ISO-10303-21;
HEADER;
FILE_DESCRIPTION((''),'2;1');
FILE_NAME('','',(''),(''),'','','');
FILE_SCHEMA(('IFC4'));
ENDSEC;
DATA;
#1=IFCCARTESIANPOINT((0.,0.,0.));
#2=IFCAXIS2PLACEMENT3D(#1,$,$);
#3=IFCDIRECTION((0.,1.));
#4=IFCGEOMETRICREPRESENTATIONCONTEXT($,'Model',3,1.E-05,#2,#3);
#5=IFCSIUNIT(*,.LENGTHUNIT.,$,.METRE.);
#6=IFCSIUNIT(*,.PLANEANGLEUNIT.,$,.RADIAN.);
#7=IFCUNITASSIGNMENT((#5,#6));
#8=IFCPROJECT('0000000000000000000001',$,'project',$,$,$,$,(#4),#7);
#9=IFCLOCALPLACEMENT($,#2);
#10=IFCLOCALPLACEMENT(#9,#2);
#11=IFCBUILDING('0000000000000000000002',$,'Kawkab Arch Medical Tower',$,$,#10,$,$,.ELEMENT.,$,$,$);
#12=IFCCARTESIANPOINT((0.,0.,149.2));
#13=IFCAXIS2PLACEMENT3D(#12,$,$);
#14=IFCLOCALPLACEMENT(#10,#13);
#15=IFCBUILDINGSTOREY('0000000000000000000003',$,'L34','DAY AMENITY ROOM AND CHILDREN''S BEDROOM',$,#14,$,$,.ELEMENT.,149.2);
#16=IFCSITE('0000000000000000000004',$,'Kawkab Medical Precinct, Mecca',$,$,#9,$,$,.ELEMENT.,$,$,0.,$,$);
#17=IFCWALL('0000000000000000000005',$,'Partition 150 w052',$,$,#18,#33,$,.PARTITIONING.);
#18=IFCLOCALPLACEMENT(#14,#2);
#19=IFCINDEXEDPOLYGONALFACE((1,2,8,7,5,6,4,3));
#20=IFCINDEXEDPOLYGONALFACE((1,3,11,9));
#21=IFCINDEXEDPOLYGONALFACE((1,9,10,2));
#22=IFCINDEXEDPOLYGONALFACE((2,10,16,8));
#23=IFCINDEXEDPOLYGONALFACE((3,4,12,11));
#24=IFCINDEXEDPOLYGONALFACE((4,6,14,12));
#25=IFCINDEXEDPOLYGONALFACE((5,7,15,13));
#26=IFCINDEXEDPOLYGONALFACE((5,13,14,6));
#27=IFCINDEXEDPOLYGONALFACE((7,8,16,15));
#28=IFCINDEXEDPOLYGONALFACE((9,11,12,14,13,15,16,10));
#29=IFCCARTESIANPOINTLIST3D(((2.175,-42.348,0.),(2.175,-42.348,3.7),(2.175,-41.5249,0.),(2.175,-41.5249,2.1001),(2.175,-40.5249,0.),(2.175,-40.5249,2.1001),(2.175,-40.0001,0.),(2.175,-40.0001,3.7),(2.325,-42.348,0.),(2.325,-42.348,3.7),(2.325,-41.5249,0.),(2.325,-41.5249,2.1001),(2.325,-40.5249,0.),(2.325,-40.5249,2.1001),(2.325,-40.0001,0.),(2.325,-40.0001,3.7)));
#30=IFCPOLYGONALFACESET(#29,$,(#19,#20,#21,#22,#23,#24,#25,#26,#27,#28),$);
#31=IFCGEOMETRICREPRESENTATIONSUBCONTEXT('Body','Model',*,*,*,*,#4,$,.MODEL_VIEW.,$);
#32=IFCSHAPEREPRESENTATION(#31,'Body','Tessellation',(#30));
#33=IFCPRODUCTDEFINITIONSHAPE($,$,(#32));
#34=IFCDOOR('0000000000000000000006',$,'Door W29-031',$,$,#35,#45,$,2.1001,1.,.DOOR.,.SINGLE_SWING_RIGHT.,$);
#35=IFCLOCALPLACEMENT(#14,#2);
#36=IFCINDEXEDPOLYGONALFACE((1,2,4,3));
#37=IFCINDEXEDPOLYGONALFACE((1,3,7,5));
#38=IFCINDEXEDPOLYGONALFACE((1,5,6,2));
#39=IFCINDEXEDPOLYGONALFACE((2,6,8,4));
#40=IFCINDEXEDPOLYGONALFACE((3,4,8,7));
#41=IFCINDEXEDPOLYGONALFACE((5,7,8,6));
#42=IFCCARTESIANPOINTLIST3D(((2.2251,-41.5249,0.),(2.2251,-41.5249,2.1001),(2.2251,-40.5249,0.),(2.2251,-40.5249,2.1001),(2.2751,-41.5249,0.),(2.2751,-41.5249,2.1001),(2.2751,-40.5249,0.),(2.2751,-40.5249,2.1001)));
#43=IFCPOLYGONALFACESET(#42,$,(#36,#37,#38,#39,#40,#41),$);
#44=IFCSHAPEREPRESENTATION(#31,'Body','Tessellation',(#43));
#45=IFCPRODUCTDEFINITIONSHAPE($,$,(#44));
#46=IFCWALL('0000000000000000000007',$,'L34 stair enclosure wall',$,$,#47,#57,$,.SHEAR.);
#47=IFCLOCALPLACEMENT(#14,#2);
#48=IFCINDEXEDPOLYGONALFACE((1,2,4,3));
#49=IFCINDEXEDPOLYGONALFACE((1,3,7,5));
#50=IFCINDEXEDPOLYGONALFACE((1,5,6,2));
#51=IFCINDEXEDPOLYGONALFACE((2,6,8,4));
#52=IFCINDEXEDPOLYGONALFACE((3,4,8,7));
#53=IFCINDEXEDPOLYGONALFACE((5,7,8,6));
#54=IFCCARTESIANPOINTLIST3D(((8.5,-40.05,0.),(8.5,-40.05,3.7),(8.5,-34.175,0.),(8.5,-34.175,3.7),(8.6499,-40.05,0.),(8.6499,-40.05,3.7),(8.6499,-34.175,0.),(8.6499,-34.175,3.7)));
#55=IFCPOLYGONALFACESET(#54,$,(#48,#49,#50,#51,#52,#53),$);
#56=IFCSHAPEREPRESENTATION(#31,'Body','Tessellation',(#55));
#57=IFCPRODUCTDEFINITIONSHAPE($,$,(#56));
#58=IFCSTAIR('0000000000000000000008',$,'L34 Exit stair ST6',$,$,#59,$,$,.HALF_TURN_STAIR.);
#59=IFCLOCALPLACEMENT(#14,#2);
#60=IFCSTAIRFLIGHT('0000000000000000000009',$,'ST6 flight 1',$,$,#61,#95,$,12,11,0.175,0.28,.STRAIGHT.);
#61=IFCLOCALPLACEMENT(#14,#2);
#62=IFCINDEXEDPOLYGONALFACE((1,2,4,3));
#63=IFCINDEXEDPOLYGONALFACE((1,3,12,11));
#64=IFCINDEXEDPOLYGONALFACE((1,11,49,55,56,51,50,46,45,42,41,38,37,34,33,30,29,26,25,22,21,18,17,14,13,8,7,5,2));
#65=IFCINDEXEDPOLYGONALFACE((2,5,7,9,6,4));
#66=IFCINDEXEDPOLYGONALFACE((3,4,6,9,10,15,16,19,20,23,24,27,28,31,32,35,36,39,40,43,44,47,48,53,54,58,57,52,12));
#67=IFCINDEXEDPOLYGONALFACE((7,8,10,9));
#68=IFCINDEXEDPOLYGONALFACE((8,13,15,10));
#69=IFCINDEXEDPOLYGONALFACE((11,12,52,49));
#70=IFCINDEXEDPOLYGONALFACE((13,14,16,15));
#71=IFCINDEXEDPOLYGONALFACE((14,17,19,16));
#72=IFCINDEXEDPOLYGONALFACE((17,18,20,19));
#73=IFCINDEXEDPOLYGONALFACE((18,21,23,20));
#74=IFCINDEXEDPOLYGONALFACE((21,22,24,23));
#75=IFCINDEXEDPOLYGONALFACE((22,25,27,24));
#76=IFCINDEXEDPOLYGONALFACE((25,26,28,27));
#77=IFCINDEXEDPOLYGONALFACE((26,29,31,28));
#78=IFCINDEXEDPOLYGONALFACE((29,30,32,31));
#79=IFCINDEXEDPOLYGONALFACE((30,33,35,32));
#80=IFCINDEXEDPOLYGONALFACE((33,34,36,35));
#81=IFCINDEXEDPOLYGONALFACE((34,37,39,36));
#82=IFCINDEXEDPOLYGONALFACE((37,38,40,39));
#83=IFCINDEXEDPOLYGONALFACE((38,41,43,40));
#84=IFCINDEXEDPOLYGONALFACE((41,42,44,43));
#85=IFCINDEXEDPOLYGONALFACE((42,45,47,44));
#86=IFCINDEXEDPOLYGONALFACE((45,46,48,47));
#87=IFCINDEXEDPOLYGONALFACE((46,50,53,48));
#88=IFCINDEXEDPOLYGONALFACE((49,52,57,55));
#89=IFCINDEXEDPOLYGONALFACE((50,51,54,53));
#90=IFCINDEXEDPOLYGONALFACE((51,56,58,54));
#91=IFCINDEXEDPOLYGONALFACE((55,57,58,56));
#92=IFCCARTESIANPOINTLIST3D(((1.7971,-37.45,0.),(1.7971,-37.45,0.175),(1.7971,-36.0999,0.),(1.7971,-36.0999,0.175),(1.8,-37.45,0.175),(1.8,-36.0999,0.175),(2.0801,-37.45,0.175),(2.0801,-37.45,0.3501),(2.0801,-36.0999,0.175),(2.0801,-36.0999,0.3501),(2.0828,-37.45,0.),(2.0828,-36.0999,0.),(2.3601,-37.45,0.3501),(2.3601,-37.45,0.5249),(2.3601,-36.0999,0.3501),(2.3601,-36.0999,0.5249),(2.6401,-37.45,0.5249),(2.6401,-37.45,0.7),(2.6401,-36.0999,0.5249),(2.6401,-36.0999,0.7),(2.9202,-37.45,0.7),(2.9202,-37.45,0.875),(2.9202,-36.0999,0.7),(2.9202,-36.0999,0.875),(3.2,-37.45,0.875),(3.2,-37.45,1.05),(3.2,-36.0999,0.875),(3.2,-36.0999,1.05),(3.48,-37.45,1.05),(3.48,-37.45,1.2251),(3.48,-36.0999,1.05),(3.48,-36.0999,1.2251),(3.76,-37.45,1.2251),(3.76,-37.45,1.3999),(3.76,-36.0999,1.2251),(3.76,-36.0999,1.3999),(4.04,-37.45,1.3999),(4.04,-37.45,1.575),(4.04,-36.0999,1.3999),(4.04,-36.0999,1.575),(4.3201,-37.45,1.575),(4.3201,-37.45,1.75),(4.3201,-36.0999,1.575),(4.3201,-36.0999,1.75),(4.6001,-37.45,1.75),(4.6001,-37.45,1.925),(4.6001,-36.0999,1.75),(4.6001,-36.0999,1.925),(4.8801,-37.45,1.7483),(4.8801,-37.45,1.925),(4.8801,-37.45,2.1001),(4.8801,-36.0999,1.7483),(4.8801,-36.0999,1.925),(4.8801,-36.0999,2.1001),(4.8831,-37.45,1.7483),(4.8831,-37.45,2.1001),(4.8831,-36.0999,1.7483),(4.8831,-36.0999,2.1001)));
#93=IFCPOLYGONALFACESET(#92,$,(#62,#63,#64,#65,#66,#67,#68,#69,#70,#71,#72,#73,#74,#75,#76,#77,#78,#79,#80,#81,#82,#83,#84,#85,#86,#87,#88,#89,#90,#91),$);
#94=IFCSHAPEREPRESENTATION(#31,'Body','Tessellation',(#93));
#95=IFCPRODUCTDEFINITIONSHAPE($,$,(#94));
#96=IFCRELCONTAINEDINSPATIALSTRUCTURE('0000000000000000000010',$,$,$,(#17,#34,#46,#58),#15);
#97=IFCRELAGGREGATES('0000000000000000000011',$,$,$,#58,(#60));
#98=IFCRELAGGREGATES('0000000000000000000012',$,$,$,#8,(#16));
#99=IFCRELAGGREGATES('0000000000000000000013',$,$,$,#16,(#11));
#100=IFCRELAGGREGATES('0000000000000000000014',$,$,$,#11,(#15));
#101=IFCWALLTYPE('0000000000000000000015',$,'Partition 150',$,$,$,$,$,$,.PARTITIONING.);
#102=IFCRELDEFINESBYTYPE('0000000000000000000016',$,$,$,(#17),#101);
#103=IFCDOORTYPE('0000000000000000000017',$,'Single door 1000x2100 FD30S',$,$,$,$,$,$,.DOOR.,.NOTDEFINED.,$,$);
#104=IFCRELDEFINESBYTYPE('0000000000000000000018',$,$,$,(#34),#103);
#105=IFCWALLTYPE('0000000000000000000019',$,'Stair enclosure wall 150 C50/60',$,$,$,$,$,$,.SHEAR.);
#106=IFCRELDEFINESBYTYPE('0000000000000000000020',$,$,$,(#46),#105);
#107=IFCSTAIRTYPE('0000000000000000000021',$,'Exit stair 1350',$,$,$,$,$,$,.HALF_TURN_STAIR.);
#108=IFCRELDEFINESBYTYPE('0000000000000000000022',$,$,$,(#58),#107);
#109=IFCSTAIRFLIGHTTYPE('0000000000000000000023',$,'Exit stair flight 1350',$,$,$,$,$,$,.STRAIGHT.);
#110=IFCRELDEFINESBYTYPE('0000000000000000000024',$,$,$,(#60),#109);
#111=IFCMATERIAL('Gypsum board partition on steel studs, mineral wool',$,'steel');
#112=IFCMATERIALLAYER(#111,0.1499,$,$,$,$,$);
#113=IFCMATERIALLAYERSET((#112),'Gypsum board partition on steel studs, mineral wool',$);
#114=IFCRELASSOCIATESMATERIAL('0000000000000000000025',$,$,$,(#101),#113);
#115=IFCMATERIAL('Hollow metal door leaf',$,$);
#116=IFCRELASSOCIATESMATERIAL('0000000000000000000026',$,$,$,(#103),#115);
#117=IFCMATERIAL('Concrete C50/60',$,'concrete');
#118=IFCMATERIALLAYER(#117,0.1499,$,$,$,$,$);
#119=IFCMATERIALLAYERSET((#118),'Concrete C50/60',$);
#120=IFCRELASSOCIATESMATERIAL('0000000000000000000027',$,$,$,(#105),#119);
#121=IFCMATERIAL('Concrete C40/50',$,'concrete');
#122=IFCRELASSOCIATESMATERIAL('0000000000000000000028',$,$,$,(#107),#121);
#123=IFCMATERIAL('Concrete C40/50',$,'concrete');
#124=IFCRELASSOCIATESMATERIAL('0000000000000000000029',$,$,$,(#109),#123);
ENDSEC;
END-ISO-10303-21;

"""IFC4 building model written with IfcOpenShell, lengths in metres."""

from ifc_helpers import new_model, si_unit, direction, frame, frame_2d, origin, place, context, subcontext, project, spatial, polyline, rectangle, outline, extrude, material, layer, layer_set, type_object, element, fill, aggregate, save


model = new_model("IFC4")

# Units and contexts
model_context = context("Model", 3, precision=1e-05, world=origin(), true_north=direction((0.0, 1.0)))
body_context = subcontext(model_context, "Body", "Model", "MODEL_VIEW")
ifc_project = project(units=[si_unit("LENGTHUNIT", "METRE"), si_unit("PLANEANGLEUNIT", "RADIAN")], contexts=[model_context])

# Site, building, storey
site_placement = place(None, origin())
site = spatial("IfcSite", under=ifc_project, at=site_placement, Name="Kawkab Medical Precinct, Mecca", CompositionType="ELEMENT", RefElevation=0.0)
building_placement = place(site_placement, origin())
building = spatial("IfcBuilding", under=site, at=building_placement, Name="Kawkab Arch Medical Tower", CompositionType="ELEMENT")
storey_placement = place(building_placement, frame((0.0, 0.0, 149.2)))
storey = spatial("IfcBuildingStorey", under=building, at=storey_placement, Name="L34", Description="DAY AMENITY ROOM AND CHILDREN'S BEDROOM", CompositionType="ELEMENT", Elevation=149.2)

# Shared definitions
ifc_material_1 = material(Name="Gypsum board partition on steel studs, mineral wool", Category="steel")
ifc_layer_1 = layer(ifc_material_1, 0.1499)
ifc_layer_set_1 = layer_set([ifc_layer_1], Name="Gypsum board partition on steel studs, mineral wool")
wall_type_1 = type_object("IfcWallType", Name="Partition 150", PredefinedType="PARTITIONING", material=ifc_layer_set_1)

# Wall, opening, door
wall_1_placement = place(storey_placement, frame((2.25, -42.3479, 0.0), z_axis=(0.0, 0.0, 1.0), x_axis=(0.0, 1.0, 0.0)))
wall_1 = element("IfcWall", 1, at=wall_1_placement, inside=storey, type_object=wall_type_1, Name="Partition 150 w052", PredefinedType="PARTITIONING", context=body_context, shape_type="SweptSolid", body=[
    extrude(rectangle(XDim=2.3479, YDim=0.1499, at=frame_2d((1.1738, 0.0))), origin(), (0.0, 0.0, 1.0), 3.7),
])
opening_1_placement = place(wall_1_placement, frame((0.823, 0.0, 0.0)))
opening_1 = element("IfcOpeningElement", 2, at=opening_1_placement, cuts=wall_1, PredefinedType="OPENING", context=body_context, shape_type="SweptSolid", body=[
    extrude(rectangle(XDim=1.0, YDim=2.1001, at=frame_2d((0.5, 1.05))), frame((0.0, 0.085, 0.0), z_axis=(0.0, -1.0, 0.0), x_axis=(1.0, 0.0, 0.0)), (0.0, 0.0, 1.0), 0.1699),
])
ifc_material_2 = material(Name="Hollow metal door leaf")
door_type_1 = type_object("IfcDoorType", Name="Single door 1000x2100 FD30S", OperationType="NOTDEFINED", PredefinedType="DOOR", material=ifc_material_2)
door_1_placement = place(opening_1_placement, origin())
door_1 = element("IfcDoor", 3, at=door_1_placement, inside=storey, type_object=door_type_1, Name="Door W29-031", OperationType="SINGLE_SWING_RIGHT", OverallHeight=2.1001, OverallWidth=1.0, PredefinedType="DOOR", context=body_context, shape_type="SweptSolid", body=[
    extrude(rectangle(XDim=1.0, YDim=2.1001, at=frame_2d((0.5, 1.05))), frame((0.0, 0.0249, 0.0), z_axis=(0.0, -1.0, 0.0), x_axis=(1.0, 0.0, 0.0)), (0.0, 0.0, 1.0), 0.05),
])
fill(opening_1, door_1)

# Wall
ifc_material_3 = material(Name="Concrete C50/60", Category="concrete")
ifc_layer_2 = layer(ifc_material_3, 0.1499)
ifc_layer_set_2 = layer_set([ifc_layer_2], Name="Concrete C50/60")
wall_type_2 = type_object("IfcWallType", Name="Stair enclosure wall 150 C50/60", PredefinedType="SHEAR", material=ifc_layer_set_2)
wall_2_placement = place(storey_placement, frame((8.575, -40.05, 0.0), z_axis=(0.0, 0.0, 1.0), x_axis=(0.0, 1.0, 0.0)))
element("IfcWall", 4, at=wall_2_placement, inside=storey, type_object=wall_type_2, Name="L34 stair enclosure wall", PredefinedType="SHEAR", context=body_context, shape_type="SweptSolid", body=[
    extrude(rectangle(XDim=5.875, YDim=0.1499, at=frame_2d((2.9375, 0.0))), origin(), (0.0, 0.0, 1.0), 3.7),
])

# Stair, stair flight
ifc_material_4 = material(Name="Concrete C40/50", Category="concrete")
stair_type = type_object("IfcStairType", Name="Exit stair 1350", PredefinedType="HALF_TURN_STAIR", material=ifc_material_4)
stair_placement = place(storey_placement, origin())
stair = element("IfcStair", 5, at=stair_placement, inside=storey, type_object=stair_type, Name="L34 Exit stair ST6", PredefinedType="HALF_TURN_STAIR")
ifc_material_5 = material(Name="Concrete C40/50", Category="concrete")
stair_flight_type = type_object("IfcStairFlightType", Name="Exit stair flight 1350", PredefinedType="STRAIGHT", material=ifc_material_5)
stair_flight_placement = place(storey_placement, frame((1.8, -36.7749, 0.0), z_axis=(0.0, 0.0, 1.0), x_axis=(1.0, 0.0, 0.0)))
stair_flight = element("IfcStairFlight", 6, at=stair_flight_placement, type_object=stair_flight_type, Name="ST6 flight 1", NumberOfRisers=12, NumberOfTreads=11, PredefinedType="STRAIGHT", RiserHeight=0.175, TreadLength=0.28, context=body_context, shape_type="SweptSolid", body=[
    extrude(outline(polyline([(-0.0029, 0.0), (-0.0029, 0.175), (0.0, 0.175), (0.28, 0.175), (0.28, 0.3501), (0.5601, 0.3501), (0.5601, 0.5249), (0.8401, 0.5249), (0.8401, 0.7), (1.1201, 0.7), (1.1201, 0.875), (1.3999, 0.875), (1.3999, 1.05), (1.6799, 1.05), (1.6799, 1.2251), (1.96, 1.2251), (1.96, 1.3999), (2.24, 1.3999), (2.24, 1.575), (2.52, 1.575), (2.52, 1.75), (2.8, 1.75), (2.8, 1.925), (3.0801, 1.925), (3.0801, 2.1001), (3.083, 2.1001), (3.083, 1.7483), (3.0801, 1.7483), (0.2827, 0.0), (-0.0029, 0.0)])), frame((0.0, 0.675, 0.0), z_axis=(0.0, -1.0, 0.0), x_axis=(1.0, 0.0, 0.0)), (0.0, 0.0, 1.0), 1.3501),
])
aggregate(stair, [stair_flight])

save(model, "model.ifc")
